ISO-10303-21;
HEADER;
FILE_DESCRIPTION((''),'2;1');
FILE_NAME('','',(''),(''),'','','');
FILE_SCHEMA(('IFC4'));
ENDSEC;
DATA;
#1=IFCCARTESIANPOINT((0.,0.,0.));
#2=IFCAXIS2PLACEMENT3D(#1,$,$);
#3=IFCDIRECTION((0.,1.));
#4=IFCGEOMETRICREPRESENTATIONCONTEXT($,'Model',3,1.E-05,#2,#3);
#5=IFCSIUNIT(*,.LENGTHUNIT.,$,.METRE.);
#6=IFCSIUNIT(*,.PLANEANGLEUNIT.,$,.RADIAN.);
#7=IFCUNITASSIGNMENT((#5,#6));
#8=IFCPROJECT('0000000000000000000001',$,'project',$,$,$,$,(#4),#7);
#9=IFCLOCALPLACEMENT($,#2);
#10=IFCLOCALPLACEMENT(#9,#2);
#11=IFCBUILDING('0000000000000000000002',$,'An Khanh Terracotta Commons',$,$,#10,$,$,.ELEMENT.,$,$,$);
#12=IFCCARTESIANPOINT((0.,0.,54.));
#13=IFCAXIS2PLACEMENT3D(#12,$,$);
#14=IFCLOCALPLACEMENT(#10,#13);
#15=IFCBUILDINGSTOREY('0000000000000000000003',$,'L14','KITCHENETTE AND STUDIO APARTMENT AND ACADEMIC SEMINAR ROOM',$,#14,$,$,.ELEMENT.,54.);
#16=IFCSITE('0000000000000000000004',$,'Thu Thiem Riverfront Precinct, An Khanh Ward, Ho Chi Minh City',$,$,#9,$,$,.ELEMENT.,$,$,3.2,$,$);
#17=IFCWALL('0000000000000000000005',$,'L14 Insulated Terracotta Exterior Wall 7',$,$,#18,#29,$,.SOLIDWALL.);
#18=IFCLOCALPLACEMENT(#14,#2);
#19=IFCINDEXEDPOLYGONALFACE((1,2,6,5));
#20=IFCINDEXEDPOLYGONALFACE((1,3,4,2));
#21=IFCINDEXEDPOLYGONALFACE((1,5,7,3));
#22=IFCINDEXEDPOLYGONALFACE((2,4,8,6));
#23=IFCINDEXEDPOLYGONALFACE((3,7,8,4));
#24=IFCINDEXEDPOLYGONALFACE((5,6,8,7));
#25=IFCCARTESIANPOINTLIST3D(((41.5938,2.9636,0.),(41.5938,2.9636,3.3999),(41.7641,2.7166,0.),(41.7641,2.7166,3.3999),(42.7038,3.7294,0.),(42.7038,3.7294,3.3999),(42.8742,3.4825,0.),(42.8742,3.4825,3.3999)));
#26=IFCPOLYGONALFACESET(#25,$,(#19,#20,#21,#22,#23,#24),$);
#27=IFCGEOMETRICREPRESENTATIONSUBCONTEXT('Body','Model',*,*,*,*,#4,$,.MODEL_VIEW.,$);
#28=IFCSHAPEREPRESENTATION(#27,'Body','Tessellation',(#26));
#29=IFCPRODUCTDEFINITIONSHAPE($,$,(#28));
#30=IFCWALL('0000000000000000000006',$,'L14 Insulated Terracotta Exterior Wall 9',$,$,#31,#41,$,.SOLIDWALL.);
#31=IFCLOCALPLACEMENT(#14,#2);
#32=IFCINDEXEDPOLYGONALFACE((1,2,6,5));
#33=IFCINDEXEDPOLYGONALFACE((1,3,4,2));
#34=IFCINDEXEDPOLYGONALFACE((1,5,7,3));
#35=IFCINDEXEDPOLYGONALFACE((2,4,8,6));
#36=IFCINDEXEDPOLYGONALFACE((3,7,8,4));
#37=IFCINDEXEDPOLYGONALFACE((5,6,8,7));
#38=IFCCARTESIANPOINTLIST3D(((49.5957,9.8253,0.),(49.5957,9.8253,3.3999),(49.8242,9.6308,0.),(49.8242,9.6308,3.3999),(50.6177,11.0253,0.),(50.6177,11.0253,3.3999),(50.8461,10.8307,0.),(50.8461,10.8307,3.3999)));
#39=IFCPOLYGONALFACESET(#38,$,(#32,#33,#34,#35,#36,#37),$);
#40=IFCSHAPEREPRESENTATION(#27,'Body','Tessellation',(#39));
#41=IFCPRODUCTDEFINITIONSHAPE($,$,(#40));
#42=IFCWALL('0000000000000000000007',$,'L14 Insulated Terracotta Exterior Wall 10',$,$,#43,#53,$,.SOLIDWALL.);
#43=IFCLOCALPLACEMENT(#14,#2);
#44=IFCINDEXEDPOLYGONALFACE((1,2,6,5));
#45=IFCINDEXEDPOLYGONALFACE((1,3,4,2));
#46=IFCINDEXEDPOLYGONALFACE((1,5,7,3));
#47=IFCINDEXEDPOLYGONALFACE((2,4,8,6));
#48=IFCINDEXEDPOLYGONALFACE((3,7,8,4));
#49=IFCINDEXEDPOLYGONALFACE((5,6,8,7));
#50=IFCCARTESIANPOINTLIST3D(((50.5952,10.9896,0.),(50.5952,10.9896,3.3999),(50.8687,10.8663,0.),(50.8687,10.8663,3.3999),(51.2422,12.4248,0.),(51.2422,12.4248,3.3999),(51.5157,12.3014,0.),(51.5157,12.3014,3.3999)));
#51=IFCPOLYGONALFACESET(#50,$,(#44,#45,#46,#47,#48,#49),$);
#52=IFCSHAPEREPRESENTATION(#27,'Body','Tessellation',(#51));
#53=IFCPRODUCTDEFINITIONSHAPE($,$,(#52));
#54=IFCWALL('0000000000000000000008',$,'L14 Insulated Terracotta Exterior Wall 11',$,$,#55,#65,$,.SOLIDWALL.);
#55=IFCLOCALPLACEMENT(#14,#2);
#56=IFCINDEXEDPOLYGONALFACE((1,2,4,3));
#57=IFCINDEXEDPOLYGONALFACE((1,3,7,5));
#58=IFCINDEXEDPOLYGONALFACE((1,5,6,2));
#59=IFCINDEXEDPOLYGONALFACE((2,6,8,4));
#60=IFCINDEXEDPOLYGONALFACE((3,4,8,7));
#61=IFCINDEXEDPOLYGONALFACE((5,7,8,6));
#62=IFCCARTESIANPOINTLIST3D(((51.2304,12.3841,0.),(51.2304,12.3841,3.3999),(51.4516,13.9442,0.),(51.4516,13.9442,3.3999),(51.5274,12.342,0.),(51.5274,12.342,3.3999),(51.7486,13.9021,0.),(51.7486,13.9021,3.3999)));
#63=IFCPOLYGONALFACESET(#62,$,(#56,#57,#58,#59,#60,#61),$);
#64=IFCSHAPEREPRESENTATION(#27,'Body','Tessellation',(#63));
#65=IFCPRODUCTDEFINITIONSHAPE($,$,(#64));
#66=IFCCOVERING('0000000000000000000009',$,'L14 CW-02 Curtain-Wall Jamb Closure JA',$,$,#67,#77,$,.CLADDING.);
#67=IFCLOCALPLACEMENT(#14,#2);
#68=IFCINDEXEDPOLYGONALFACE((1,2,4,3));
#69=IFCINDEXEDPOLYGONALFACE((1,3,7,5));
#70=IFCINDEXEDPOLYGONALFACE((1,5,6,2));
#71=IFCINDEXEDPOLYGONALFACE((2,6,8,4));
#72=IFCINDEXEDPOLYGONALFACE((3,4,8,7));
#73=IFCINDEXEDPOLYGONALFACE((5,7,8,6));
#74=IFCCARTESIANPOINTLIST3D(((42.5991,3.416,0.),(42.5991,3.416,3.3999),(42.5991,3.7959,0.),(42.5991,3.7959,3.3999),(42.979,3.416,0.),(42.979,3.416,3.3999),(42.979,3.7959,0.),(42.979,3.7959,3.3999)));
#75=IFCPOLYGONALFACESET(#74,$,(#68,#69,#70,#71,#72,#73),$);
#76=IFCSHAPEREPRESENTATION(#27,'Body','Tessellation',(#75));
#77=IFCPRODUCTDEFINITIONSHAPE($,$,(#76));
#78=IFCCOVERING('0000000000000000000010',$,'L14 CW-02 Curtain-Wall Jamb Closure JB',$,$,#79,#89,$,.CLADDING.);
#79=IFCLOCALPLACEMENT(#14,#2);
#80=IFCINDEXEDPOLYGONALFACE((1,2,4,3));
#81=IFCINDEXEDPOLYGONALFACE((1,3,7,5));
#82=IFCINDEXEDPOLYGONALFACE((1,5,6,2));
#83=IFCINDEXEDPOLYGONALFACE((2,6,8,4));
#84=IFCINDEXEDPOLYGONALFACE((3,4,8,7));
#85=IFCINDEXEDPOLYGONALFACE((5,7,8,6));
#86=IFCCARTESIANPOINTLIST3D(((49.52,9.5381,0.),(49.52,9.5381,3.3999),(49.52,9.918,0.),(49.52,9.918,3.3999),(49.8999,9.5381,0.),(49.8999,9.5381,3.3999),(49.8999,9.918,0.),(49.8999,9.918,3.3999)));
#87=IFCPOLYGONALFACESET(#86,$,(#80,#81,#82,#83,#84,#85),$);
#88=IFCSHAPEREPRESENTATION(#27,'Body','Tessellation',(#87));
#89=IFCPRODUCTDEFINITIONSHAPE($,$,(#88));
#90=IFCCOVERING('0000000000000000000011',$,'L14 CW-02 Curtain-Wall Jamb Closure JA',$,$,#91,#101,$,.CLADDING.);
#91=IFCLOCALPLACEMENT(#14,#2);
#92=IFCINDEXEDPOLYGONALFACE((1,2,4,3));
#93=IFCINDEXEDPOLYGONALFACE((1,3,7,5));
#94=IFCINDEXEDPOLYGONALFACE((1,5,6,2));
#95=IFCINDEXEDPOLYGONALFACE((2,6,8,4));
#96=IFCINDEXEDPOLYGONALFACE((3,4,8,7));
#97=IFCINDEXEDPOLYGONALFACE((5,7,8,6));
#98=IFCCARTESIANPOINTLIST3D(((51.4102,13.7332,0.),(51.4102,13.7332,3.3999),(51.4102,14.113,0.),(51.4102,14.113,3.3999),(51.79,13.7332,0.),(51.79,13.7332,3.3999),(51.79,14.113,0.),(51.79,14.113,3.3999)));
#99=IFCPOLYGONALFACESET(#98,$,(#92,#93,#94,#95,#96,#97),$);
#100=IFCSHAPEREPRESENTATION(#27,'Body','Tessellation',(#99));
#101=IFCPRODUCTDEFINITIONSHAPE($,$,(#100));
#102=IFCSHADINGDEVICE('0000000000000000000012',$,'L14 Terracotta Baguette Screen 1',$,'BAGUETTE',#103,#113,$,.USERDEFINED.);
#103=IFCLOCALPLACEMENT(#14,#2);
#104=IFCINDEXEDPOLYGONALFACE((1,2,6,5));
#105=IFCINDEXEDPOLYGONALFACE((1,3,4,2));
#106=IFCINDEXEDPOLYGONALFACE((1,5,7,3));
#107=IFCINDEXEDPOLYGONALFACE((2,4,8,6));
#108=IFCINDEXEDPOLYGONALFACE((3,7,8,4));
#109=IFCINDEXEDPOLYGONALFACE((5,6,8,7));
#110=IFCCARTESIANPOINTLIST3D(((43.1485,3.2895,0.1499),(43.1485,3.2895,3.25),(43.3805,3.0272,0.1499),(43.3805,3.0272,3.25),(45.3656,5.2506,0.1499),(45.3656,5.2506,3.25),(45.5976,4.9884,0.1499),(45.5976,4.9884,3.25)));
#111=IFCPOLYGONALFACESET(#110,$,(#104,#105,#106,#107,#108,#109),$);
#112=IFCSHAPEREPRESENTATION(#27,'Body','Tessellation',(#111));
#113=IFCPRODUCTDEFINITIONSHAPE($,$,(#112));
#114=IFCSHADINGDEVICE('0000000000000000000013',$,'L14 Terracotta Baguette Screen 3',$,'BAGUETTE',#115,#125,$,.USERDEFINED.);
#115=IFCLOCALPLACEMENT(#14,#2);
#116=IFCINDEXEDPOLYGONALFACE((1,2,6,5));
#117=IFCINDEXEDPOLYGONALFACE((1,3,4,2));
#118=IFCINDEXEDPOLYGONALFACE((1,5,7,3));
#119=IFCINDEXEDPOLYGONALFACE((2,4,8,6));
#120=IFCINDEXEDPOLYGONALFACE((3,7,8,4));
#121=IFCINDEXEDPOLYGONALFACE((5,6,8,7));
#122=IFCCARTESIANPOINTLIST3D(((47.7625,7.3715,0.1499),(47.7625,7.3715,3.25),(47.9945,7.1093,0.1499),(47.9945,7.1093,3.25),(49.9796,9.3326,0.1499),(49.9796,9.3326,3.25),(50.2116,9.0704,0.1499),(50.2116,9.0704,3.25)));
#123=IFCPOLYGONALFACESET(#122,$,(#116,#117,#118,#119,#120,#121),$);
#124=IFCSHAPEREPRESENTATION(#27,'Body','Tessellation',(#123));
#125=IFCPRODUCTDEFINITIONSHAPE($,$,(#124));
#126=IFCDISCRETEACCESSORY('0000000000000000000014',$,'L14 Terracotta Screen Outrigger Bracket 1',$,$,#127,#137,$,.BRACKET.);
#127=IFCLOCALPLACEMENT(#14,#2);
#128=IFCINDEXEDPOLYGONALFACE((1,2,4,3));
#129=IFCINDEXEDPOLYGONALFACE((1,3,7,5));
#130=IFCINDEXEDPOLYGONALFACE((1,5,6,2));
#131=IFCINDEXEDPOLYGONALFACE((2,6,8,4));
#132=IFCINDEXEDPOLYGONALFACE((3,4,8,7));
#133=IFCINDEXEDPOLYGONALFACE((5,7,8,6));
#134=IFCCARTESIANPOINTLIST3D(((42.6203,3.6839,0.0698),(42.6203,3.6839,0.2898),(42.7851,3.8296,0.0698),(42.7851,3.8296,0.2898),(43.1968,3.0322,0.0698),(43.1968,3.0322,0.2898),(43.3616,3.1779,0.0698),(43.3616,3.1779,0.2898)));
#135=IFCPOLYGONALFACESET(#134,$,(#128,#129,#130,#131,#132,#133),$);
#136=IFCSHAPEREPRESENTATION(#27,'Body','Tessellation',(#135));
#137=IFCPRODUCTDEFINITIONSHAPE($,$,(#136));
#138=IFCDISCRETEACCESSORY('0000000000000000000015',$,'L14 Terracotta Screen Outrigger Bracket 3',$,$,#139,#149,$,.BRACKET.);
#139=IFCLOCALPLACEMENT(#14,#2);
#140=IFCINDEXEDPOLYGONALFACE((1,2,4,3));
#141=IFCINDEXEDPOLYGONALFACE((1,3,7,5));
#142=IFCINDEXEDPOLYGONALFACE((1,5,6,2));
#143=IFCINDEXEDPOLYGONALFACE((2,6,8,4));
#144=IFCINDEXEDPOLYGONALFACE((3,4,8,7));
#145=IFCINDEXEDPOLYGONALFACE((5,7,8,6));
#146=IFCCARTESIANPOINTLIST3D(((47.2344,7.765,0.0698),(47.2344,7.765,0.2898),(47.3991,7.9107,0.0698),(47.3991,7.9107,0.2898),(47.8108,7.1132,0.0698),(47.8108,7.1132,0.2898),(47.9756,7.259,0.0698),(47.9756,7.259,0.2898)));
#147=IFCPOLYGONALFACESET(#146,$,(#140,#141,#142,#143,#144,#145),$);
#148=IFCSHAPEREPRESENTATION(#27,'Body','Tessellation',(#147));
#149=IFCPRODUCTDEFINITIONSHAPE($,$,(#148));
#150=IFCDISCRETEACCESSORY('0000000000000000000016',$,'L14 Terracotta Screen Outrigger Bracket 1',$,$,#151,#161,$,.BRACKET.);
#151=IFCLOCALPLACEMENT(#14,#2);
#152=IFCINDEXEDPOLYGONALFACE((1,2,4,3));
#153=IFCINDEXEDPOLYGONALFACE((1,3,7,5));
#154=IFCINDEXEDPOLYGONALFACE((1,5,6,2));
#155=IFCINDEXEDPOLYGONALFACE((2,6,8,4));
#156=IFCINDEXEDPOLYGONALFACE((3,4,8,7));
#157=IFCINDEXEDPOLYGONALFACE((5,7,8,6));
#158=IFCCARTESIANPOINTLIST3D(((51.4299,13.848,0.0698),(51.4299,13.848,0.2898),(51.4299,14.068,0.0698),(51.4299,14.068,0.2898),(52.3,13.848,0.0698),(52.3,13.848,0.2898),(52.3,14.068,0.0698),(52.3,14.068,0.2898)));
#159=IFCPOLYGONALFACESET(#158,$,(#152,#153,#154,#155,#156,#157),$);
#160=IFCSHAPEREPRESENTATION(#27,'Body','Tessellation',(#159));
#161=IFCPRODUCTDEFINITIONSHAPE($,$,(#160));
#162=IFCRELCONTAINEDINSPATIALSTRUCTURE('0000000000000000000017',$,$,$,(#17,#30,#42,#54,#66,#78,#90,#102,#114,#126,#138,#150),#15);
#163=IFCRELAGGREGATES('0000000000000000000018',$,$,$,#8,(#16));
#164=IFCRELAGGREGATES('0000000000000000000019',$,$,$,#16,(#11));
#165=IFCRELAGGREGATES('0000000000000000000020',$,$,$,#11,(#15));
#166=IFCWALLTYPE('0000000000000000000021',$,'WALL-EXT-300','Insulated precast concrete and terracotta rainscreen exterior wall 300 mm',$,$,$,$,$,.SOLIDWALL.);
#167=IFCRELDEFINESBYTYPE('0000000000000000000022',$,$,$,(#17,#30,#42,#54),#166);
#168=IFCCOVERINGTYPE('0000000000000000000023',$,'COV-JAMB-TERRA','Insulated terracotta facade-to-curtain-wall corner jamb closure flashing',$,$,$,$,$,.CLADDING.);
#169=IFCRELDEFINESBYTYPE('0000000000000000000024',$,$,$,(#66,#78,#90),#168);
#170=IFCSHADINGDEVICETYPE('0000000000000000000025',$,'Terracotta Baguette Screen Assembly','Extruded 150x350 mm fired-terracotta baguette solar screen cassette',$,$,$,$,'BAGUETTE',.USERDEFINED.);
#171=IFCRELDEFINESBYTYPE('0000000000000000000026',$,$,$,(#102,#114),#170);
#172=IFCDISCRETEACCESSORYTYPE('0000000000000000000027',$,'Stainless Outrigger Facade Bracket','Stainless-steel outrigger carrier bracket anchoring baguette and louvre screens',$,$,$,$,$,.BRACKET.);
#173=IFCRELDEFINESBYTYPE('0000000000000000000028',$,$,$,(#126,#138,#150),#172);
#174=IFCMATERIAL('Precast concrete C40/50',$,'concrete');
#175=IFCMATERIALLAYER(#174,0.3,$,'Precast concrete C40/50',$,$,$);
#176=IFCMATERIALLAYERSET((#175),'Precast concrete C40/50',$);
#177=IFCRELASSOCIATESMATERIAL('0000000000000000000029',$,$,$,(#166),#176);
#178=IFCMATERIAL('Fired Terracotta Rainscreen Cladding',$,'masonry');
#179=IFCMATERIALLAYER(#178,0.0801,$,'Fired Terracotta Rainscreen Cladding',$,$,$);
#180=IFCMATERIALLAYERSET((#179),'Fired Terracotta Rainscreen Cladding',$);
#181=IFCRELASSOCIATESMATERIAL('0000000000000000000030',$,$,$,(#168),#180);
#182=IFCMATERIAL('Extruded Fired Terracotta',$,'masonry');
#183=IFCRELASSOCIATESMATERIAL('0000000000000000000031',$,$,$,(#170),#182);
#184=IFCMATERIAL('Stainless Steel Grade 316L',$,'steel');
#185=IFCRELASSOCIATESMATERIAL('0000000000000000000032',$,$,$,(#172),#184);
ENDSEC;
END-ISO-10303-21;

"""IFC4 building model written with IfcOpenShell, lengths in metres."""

from ifc_helpers import new_model, si_unit, direction, frame, frame_2d, origin, origin_2d, place, context, subcontext, project, spatial, rectangle, extrude, material, layer, layer_set, type_object, element, save


model = new_model("IFC4")

# Units and contexts
model_context = context("Model", 3, precision=1e-05, world=origin(), true_north=direction((0.0, 1.0)))
body_context = subcontext(model_context, "Body", "Model", "MODEL_VIEW")
ifc_project = project(units=[si_unit("LENGTHUNIT", "METRE"), si_unit("PLANEANGLEUNIT", "RADIAN")], contexts=[model_context])

# Site, building, storey
site_placement = place(None, origin())
site = spatial("IfcSite", under=ifc_project, at=site_placement, Name="Thu Thiem Riverfront Precinct, An Khanh Ward, Ho Chi Minh City", CompositionType="ELEMENT", RefElevation=3.2)
building_placement = place(site_placement, origin())
building = spatial("IfcBuilding", under=site, at=building_placement, Name="An Khanh Terracotta Commons", CompositionType="ELEMENT")
storey_placement = place(building_placement, frame((0.0, 0.0, 54.0)))
storey = spatial("IfcBuildingStorey", under=building, at=storey_placement, Name="L14", Description="KITCHENETTE AND STUDIO APARTMENT AND ACADEMIC SEMINAR ROOM", CompositionType="ELEMENT", Elevation=54.0)

# Walls
ifc_material_1 = material(Name="Precast concrete C40/50", Category="concrete")
ifc_layer_1 = layer(ifc_material_1, 0.3, Name="Precast concrete C40/50")
ifc_layer_set_1 = layer_set([ifc_layer_1], Name="Precast concrete C40/50")
wall_type_1 = type_object("IfcWallType", Name="WALL-EXT-300", Description="Insulated precast concrete and terracotta rainscreen exterior wall 300 mm", PredefinedType="SOLIDWALL", material=ifc_layer_set_1)
wall_1_placement = place(storey_placement, frame((41.679, 2.8401, 0.0), z_axis=(0.0, 0.0, 1.0), x_axis=(0.823117, 0.567873, 0.0)))
element("IfcWall", 1, at=wall_1_placement, inside=storey, type_object=wall_type_1, Name="L14 Insulated Terracotta Exterior Wall 7", PredefinedType="SOLIDWALL", context=body_context, shape_type="SweptSolid", body=[
    extrude(rectangle(XDim=1.3486, YDim=0.3, at=frame_2d((0.6743, 0.0))), origin(), (0.0, 0.0, 1.0), 3.3999),
])
wall_2_placement = place(storey_placement, frame((49.71, 9.728, 0.0), z_axis=(0.0, 0.0, 1.0), x_axis=(0.64839, 0.761308, 0.0)))
element("IfcWall", 2, at=wall_2_placement, inside=storey, type_object=wall_type_1, Name="L14 Insulated Terracotta Exterior Wall 9", PredefinedType="SOLIDWALL", context=body_context, shape_type="SweptSolid", body=[
    extrude(rectangle(XDim=1.5762, YDim=0.3, at=frame_2d((0.7881, 0.0))), origin(), (0.0, 0.0, 1.0), 3.3999),
])
wall_3_placement = place(storey_placement, frame((50.7319, 10.928, 0.0), z_axis=(0.0, 0.0, 1.0), x_axis=(0.410997, 0.911637, 0.0)))
element("IfcWall", 3, at=wall_3_placement, inside=storey, type_object=wall_type_1, Name="L14 Insulated Terracotta Exterior Wall 10", PredefinedType="SOLIDWALL", context=body_context, shape_type="SweptSolid", body=[
    extrude(rectangle(XDim=1.5742, YDim=0.3, at=frame_2d((0.7871, 0.0))), origin(), (0.0, 0.0, 1.0), 3.3999),
])
wall_4_placement = place(storey_placement, frame((51.3789, 12.363, 0.0), z_axis=(0.0, 0.0, 1.0), x_axis=(0.14038, 0.990098, 0.0)))
element("IfcWall", 4, at=wall_4_placement, inside=storey, type_object=wall_type_1, Name="L14 Insulated Terracotta Exterior Wall 11", PredefinedType="SOLIDWALL", context=body_context, shape_type="SweptSolid", body=[
    extrude(rectangle(XDim=1.5757, YDim=0.3, at=frame_2d((0.7878, 0.0))), origin(), (0.0, 0.0, 1.0), 3.3999),
])

# Coverings
ifc_material_2 = material(Name="Fired Terracotta Rainscreen Cladding", Category="masonry")
ifc_layer_2 = layer(ifc_material_2, 0.0801, Name="Fired Terracotta Rainscreen Cladding")
ifc_layer_set_2 = layer_set([ifc_layer_2], Name="Fired Terracotta Rainscreen Cladding")
covering_type = type_object("IfcCoveringType", Name="COV-JAMB-TERRA", Description="Insulated terracotta facade-to-curtain-wall corner jamb closure flashing", PredefinedType="CLADDING", material=ifc_layer_set_2)
for number, where, z_axis, x_axis, name in (
    (5, (42.7891, 3.606, 0.0), (0.0, 0.0, 1.0), (1.0, 0.0, 0.0), "L14 CW-02 Curtain-Wall Jamb Closure JA"),
    (6, (49.71, 9.728, 0.0), (0.0, 0.0, 1.0), (1.0, 0.0, 0.0), "L14 CW-02 Curtain-Wall Jamb Closure JB"),
    (7, (51.6001, 13.9231, 0.0), (0.0, 0.0, 1.0), (1.0, 0.0, 0.0), "L14 CW-02 Curtain-Wall Jamb Closure JA"),
):
    element("IfcCovering", number, at=place(storey_placement, frame(where, z_axis=z_axis, x_axis=x_axis)), inside=storey, type_object=covering_type, Name=name, PredefinedType="CLADDING", context=body_context, shape_type="SweptSolid", body=[
        extrude(rectangle(XDim=0.3799, YDim=0.3799, at=origin_2d()), origin(), (0.0, 0.0, 1.0), 3.3999),
    ])

# Shading devices
ifc_material_3 = material(Name="Extruded Fired Terracotta", Category="masonry")
shading_device_type = type_object("IfcShadingDeviceType", Name="Terracotta Baguette Screen Assembly", Description="Extruded 150x350 mm fired-terracotta baguette solar screen cassette", ElementType="BAGUETTE", PredefinedType="USERDEFINED", material=ifc_material_3)
for number, where, z_axis, x_axis, name in (
    (8, (44.373, 4.1389, 0.1499), (0.0, 0.0, 1.0), (0.749019, 0.662548, 0.0), "L14 Terracotta Baguette Screen 1"),
    (9, (48.9871, 8.2209, 0.1499), (0.0, 0.0, 1.0), (0.749019, 0.662548, 0.0), "L14 Terracotta Baguette Screen 3"),
):
    element("IfcShadingDevice", number, at=place(storey_placement, frame(where, z_axis=z_axis, x_axis=x_axis)), inside=storey, type_object=shading_device_type, Name=name, ObjectType="BAGUETTE", PredefinedType="USERDEFINED", context=body_context, shape_type="SweptSolid", body=[
        extrude(rectangle(XDim=2.96, YDim=0.3501, at=origin_2d()), origin(), (0.0, 0.0, 1.0), 3.1001),
    ])

# Discrete accessories
ifc_material_4 = material(Name="Stainless Steel Grade 316L", Category="steel")
discrete_accessory_type = type_object("IfcDiscreteAccessoryType", Name="Stainless Outrigger Facade Bracket", Description="Stainless-steel outrigger carrier bracket anchoring baguette and louvre screens", PredefinedType="BRACKET", material=ifc_material_4)
for number, where, z_axis, x_axis, name in (
    (10, (42.991, 3.4309, 0.0698), (0.0, 0.0, 1.0), (0.749019, 0.662548, 0.0), "L14 Terracotta Screen Outrigger Bracket 1"),
    (11, (47.605, 7.512, 0.0698), (0.0, 0.0, 1.0), (0.749019, 0.662548, 0.0), "L14 Terracotta Screen Outrigger Bracket 3"),
    (12, (51.865, 13.958, 0.0698), (0.0, 0.0, 1.0), (0.0, 1.0, 0.0), "L14 Terracotta Screen Outrigger Bracket 1"),
):
    element("IfcDiscreteAccessory", number, at=place(storey_placement, frame(where, z_axis=z_axis, x_axis=x_axis)), inside=storey, type_object=discrete_accessory_type, Name=name, PredefinedType="BRACKET", context=body_context, shape_type="SweptSolid", body=[
        extrude(rectangle(XDim=0.22, YDim=0.8701, at=origin_2d()), origin(), (0.0, 0.0, 1.0), 0.22),
    ])

save(model, "model.ifc")
